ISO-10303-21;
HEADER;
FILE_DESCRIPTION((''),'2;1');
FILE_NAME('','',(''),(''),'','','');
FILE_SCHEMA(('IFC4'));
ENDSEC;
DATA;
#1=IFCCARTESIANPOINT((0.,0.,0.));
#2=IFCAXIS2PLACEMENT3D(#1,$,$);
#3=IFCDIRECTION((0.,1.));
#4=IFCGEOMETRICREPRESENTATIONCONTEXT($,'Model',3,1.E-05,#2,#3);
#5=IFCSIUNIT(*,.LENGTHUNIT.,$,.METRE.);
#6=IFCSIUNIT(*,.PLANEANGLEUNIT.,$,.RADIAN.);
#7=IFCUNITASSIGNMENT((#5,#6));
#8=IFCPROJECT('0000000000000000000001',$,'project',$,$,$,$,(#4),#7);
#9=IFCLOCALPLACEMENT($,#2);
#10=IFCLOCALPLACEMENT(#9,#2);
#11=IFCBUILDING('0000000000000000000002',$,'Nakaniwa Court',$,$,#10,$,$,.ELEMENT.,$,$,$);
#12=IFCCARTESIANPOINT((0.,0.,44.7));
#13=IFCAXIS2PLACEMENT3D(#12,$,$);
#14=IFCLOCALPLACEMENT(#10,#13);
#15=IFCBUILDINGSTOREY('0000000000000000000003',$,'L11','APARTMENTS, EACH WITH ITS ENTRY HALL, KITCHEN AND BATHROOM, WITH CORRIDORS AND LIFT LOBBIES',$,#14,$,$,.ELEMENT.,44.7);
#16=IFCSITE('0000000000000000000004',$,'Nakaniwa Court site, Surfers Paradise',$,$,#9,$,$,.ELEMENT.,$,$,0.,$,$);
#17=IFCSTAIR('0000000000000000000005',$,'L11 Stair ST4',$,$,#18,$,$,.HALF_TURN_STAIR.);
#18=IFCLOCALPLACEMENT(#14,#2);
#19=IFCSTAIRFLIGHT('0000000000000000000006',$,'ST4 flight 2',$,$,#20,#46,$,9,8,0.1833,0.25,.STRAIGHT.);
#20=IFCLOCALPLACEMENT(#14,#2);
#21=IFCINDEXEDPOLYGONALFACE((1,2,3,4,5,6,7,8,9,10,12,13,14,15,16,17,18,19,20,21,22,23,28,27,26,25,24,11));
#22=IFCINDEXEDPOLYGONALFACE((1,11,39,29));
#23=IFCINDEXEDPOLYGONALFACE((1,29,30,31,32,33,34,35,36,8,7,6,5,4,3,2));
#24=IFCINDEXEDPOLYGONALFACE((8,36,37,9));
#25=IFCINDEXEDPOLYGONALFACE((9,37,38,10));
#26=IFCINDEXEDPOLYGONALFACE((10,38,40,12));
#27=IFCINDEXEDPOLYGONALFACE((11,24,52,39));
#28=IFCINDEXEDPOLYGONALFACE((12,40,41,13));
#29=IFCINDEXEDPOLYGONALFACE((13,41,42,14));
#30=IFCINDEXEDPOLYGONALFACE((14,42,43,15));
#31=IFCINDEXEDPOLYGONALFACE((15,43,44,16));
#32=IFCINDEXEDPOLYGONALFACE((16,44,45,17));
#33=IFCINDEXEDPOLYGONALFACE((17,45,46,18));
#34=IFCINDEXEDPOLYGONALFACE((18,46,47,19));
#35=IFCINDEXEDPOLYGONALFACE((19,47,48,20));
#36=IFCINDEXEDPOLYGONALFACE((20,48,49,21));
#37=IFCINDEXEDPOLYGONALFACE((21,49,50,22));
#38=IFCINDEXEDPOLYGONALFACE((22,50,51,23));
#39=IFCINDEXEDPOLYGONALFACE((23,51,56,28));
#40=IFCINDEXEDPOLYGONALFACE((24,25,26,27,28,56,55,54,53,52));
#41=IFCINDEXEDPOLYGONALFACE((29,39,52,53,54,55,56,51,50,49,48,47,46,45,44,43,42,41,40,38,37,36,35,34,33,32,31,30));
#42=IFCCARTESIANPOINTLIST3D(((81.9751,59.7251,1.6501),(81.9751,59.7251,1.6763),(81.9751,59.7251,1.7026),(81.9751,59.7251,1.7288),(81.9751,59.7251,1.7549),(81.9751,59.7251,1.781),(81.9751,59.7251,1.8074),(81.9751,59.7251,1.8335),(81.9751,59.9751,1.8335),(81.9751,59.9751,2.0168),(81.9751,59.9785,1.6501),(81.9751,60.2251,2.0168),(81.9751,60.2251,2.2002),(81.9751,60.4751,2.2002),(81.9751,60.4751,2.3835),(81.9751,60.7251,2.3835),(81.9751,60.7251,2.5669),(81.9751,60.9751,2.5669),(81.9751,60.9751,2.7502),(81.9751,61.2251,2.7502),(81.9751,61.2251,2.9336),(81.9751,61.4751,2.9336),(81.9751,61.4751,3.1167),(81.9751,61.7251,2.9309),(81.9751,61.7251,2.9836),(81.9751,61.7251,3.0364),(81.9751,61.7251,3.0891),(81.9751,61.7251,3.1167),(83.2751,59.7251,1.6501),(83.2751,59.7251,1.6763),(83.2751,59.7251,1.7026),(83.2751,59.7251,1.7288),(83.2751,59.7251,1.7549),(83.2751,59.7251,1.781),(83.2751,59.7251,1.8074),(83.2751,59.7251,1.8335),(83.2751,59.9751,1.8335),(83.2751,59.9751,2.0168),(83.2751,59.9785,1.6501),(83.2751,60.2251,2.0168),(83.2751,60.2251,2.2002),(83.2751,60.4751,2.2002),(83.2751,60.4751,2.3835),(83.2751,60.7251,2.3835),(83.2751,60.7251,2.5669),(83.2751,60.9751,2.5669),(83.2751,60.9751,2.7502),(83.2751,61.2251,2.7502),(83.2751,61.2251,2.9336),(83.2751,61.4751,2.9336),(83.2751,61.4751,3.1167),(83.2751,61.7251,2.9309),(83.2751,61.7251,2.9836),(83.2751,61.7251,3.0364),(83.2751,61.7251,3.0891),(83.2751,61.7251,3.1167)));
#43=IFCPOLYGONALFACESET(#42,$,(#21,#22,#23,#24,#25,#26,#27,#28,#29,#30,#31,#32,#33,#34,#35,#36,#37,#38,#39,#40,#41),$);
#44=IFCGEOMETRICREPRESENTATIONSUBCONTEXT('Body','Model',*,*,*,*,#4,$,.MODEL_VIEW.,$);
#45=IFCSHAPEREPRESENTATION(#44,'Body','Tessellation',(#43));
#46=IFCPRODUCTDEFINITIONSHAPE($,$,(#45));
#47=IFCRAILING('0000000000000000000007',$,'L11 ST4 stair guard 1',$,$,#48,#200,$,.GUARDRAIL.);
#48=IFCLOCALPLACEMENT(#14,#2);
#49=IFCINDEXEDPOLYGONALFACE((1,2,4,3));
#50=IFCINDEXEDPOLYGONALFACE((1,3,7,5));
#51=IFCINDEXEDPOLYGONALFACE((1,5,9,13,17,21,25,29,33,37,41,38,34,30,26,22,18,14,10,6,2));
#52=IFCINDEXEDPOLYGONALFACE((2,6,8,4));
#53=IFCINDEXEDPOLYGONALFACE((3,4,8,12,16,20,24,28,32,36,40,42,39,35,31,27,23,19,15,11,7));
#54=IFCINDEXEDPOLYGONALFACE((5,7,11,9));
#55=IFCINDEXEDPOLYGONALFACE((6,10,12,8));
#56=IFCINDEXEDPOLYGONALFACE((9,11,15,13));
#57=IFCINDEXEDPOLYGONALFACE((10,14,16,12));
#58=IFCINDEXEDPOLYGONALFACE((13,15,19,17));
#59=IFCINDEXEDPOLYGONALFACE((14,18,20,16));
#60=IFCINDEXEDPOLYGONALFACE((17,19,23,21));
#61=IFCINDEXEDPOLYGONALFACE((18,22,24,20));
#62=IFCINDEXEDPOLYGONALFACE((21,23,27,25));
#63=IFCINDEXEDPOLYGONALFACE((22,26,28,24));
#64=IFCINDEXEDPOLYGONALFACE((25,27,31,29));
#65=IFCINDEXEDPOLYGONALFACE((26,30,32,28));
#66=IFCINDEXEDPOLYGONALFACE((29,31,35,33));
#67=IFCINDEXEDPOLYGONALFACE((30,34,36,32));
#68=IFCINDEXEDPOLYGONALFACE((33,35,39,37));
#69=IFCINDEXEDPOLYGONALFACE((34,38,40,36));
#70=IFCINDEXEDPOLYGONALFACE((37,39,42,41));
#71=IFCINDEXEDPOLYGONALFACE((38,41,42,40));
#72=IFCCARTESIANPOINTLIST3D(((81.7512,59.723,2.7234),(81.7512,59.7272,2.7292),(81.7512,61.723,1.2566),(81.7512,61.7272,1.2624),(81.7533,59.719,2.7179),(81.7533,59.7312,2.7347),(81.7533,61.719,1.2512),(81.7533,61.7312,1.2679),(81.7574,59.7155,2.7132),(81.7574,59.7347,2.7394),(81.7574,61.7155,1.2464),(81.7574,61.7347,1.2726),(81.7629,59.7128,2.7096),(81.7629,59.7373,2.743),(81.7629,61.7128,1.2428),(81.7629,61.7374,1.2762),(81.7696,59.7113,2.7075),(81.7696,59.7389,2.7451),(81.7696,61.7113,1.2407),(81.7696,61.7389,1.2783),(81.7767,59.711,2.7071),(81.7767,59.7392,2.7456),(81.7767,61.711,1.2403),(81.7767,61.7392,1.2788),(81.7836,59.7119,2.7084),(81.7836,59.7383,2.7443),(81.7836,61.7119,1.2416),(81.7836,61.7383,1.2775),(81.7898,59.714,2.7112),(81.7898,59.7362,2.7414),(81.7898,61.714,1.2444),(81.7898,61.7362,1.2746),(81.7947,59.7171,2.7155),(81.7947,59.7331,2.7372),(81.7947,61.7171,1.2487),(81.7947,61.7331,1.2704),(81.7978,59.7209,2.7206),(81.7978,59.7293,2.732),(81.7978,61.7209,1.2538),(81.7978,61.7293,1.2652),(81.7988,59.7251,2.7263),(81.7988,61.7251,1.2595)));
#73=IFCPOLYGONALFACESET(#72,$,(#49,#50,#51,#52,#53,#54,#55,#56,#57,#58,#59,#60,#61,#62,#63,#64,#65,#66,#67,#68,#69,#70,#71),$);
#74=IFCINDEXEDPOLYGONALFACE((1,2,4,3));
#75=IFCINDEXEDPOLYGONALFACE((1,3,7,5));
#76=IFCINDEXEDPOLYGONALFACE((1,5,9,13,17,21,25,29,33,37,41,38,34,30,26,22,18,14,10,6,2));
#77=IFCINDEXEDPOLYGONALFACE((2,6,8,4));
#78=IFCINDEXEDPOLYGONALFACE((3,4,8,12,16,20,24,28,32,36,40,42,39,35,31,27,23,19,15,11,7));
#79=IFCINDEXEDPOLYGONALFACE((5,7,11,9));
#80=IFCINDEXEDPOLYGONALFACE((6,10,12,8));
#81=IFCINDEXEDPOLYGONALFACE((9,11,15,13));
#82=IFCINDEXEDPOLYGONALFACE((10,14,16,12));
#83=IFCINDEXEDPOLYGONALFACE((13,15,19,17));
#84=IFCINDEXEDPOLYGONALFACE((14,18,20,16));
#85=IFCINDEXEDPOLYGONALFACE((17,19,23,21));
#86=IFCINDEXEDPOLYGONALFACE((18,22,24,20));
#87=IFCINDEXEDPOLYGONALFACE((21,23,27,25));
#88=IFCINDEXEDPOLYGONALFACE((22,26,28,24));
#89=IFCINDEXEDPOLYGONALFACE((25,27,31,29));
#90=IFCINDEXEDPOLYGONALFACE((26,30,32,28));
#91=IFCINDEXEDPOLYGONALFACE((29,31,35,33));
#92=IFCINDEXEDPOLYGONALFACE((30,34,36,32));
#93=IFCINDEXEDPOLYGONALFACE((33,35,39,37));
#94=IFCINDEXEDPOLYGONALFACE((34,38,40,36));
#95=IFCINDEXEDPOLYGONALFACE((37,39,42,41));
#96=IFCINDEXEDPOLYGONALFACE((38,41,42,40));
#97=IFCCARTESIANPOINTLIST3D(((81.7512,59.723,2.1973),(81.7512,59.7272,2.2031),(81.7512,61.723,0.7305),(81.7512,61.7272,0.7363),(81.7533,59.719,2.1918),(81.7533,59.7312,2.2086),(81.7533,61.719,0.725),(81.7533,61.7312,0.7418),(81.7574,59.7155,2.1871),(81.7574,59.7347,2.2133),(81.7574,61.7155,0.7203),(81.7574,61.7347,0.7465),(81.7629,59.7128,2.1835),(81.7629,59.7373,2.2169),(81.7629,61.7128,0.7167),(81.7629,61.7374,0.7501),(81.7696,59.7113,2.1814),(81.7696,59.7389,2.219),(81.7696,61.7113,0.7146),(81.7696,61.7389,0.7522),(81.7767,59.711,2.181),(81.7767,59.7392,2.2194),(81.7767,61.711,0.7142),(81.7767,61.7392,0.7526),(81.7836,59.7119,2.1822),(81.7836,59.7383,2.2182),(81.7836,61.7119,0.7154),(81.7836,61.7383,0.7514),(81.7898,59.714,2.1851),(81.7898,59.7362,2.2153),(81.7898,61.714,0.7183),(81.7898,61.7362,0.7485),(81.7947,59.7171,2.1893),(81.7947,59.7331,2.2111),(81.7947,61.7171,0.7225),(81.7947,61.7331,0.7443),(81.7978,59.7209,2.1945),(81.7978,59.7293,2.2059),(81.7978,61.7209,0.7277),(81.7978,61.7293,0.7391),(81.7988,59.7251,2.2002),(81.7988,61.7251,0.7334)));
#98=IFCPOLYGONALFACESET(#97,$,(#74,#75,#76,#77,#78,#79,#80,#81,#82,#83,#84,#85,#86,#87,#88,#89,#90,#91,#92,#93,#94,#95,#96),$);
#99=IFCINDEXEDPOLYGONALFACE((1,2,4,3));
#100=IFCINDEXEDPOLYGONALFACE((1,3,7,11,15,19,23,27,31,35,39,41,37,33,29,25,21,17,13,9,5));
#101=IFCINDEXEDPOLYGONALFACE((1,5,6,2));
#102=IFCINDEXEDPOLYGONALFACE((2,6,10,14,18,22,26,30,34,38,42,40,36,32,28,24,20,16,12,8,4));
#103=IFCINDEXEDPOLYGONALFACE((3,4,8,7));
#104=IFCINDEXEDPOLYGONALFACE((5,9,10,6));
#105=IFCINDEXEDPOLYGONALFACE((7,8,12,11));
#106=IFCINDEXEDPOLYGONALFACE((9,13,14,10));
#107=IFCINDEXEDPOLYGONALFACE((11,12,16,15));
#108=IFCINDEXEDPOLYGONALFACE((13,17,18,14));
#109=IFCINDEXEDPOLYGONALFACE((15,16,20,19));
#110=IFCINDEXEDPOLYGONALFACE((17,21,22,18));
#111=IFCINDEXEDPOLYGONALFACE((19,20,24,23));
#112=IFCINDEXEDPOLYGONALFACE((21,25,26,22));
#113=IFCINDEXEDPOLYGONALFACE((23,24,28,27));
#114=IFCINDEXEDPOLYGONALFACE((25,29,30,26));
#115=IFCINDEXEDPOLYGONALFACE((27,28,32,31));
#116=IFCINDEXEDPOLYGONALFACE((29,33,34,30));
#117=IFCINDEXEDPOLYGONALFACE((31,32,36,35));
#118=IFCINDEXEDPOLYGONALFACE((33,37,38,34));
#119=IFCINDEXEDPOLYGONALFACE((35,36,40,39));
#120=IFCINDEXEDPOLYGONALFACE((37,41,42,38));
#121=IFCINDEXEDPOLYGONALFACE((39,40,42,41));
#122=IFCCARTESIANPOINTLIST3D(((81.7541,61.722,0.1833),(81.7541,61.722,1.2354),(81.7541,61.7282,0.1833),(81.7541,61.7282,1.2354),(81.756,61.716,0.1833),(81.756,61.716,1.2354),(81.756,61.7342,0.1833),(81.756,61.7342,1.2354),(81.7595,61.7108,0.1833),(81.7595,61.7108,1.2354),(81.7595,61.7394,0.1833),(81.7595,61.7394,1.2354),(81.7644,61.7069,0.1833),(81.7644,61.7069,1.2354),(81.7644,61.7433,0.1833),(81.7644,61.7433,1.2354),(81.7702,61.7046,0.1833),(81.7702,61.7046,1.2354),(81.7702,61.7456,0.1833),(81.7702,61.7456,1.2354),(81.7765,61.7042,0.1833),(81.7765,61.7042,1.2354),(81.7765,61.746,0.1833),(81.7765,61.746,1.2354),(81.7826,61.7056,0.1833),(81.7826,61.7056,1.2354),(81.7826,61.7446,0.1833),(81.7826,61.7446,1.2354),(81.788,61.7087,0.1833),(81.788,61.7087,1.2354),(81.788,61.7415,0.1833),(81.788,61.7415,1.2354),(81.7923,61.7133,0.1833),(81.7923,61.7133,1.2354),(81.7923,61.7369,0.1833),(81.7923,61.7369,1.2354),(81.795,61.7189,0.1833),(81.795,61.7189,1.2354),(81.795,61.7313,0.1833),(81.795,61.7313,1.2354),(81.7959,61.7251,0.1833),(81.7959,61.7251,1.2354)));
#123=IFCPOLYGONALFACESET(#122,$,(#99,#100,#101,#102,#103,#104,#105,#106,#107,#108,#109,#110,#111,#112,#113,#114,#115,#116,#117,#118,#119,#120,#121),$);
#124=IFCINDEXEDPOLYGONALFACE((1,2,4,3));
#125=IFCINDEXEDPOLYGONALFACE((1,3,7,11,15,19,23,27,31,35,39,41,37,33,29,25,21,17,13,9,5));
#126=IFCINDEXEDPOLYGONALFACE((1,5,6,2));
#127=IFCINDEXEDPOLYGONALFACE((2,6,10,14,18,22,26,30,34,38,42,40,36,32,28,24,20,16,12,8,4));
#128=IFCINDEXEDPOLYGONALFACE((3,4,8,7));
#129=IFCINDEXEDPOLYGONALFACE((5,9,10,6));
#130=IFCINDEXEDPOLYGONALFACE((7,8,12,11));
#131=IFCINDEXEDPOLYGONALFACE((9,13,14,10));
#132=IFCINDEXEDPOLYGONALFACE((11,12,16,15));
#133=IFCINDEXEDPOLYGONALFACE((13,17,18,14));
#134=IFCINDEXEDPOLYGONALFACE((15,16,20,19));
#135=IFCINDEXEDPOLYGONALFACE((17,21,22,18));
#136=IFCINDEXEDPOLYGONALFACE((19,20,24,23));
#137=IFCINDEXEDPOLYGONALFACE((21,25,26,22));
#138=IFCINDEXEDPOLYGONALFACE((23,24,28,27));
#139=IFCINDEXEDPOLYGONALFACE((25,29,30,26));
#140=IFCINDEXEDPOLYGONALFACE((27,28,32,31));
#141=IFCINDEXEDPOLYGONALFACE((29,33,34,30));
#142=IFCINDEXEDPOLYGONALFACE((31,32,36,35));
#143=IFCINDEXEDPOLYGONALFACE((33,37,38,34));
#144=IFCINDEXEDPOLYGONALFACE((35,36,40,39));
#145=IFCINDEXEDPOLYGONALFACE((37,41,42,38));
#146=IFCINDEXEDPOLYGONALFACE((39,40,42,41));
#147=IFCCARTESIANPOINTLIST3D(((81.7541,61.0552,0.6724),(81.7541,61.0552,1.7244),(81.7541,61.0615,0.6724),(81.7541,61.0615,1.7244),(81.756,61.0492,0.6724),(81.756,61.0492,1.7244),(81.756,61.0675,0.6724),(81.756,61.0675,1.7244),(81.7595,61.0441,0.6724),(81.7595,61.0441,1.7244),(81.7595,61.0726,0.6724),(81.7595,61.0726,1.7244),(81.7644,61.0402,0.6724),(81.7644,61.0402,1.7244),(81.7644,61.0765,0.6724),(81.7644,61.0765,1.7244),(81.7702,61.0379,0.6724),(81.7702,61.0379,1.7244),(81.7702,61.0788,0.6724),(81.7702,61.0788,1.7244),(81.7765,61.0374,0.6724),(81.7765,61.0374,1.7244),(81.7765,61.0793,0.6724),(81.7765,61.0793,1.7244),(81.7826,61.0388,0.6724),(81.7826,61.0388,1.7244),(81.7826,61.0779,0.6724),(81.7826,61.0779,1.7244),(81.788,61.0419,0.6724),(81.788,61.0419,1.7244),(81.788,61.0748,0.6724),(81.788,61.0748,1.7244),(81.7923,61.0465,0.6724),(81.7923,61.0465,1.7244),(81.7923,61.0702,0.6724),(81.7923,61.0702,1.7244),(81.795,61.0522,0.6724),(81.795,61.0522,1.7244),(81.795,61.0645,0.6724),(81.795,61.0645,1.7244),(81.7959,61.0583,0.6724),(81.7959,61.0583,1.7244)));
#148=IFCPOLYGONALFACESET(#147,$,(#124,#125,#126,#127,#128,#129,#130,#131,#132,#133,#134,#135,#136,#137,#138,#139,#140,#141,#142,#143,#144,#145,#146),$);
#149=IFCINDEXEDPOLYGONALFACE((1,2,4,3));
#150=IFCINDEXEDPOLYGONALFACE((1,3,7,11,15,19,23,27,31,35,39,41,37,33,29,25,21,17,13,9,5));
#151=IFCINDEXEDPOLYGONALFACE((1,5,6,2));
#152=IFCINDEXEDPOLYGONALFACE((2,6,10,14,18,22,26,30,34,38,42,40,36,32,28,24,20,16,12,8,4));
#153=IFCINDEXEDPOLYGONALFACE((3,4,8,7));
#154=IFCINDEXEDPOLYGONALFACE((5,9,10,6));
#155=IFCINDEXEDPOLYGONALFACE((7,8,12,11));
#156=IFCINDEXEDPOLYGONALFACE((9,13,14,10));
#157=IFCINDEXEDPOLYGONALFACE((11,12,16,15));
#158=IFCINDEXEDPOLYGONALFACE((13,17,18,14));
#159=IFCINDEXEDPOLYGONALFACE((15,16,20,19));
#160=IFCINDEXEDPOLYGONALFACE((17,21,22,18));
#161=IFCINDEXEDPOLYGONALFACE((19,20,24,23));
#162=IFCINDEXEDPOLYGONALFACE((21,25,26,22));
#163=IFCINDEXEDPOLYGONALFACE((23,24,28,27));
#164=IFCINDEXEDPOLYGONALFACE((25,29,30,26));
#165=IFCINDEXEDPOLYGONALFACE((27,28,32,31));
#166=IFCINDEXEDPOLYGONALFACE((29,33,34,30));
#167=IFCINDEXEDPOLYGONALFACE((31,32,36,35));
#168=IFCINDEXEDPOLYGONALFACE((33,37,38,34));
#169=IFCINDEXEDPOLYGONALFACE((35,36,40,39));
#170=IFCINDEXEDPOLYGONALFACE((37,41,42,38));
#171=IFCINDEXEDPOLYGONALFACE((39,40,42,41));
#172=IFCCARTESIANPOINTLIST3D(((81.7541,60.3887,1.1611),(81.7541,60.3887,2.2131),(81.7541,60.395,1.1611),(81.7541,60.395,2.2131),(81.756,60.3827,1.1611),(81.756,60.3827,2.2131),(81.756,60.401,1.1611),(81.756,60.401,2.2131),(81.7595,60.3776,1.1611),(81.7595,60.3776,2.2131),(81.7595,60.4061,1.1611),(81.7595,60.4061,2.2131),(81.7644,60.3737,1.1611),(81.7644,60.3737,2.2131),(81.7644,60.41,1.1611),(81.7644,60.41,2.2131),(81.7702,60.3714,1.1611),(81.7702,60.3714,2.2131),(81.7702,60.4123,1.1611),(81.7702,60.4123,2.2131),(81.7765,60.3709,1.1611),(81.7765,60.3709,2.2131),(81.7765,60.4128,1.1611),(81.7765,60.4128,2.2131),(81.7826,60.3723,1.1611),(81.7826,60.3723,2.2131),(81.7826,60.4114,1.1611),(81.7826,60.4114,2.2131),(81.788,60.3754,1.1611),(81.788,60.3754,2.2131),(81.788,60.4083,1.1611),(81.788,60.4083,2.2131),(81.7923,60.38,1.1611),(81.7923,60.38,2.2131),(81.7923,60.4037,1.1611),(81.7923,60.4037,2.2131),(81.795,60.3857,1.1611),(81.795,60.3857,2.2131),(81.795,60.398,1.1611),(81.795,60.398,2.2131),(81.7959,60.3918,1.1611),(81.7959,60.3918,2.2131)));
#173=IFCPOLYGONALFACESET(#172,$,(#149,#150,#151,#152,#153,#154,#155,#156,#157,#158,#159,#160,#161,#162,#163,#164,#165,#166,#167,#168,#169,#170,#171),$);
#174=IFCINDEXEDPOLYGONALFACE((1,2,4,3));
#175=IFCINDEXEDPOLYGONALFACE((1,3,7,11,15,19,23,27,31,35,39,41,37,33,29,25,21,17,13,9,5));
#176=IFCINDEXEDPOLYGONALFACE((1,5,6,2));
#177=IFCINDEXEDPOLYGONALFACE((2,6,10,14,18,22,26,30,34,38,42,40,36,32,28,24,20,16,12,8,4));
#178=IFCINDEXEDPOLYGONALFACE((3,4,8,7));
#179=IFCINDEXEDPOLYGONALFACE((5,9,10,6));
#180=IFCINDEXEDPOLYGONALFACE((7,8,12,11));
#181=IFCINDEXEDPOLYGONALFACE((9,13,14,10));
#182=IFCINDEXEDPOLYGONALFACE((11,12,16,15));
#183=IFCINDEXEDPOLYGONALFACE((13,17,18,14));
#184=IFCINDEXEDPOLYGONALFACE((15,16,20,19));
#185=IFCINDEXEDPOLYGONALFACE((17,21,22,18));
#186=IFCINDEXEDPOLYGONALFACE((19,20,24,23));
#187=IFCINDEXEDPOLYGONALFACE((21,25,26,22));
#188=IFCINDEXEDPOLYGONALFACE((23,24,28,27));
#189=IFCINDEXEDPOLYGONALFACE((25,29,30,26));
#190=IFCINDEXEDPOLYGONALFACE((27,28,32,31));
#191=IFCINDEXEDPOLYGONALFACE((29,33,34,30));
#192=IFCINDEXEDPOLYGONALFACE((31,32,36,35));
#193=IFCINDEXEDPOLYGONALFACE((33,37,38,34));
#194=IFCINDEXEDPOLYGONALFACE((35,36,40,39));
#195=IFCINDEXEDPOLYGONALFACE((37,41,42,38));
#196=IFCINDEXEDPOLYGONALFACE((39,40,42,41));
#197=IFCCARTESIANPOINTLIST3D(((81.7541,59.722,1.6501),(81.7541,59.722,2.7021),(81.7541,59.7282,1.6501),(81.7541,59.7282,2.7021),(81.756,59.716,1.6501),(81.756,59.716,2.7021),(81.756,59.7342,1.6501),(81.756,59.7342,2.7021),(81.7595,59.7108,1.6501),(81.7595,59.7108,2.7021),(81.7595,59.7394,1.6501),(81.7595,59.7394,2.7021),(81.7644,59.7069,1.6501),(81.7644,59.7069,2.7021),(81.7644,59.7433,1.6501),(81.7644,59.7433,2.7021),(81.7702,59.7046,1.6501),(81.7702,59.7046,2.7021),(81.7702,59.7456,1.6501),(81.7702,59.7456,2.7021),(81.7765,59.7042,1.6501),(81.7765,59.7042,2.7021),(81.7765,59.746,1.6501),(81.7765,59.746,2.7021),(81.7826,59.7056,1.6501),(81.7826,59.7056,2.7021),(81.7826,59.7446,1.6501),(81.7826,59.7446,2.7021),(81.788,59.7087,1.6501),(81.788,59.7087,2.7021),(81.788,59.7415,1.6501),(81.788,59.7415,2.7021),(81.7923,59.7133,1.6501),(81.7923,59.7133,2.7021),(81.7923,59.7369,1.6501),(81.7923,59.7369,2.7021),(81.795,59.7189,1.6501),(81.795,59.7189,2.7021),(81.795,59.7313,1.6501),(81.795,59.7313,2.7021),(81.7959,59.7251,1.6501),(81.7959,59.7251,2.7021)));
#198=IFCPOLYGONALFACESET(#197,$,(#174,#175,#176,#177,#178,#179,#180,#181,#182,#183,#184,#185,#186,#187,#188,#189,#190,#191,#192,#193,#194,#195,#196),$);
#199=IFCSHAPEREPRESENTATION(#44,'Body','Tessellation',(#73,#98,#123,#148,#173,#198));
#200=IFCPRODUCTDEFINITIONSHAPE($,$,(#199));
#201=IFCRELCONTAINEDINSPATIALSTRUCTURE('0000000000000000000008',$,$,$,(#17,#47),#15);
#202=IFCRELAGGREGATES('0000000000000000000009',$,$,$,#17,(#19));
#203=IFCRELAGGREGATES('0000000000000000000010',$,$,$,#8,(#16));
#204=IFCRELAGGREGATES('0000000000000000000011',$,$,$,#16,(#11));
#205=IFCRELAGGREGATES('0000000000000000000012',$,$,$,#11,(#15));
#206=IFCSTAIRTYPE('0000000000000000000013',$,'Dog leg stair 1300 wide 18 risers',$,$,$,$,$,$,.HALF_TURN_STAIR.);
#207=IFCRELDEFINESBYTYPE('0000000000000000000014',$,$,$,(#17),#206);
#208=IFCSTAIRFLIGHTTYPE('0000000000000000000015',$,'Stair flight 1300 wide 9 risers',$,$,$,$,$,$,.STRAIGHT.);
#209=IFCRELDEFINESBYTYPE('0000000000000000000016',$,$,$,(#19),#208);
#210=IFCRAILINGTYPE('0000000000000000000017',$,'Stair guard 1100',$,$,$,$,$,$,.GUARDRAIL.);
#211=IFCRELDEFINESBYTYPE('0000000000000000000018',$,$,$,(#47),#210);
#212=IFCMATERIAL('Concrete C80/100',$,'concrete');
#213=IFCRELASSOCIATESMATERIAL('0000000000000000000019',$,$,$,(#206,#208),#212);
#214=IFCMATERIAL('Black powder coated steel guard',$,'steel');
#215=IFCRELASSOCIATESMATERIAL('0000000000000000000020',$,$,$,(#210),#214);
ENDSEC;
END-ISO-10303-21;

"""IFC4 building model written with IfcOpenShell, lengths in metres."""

from ifc_helpers import new_model, si_unit, direction, frame, origin, origin_2d, place, context, subcontext, project, spatial, polyline, circle, outline, extrude, material, type_object, element, aggregate, save


model = new_model("IFC4")

# Units and contexts
model_context = context("Model", 3, precision=1e-05, world=origin(), true_north=direction((0.0, 1.0)))
body_context = subcontext(model_context, "Body", "Model", "MODEL_VIEW")
ifc_project = project(units=[si_unit("LENGTHUNIT", "METRE"), si_unit("PLANEANGLEUNIT", "RADIAN")], contexts=[model_context])

# Site, building, storey
site_placement = place(None, origin())
site = spatial("IfcSite", under=ifc_project, at=site_placement, Name="Nakaniwa Court site, Surfers Paradise", CompositionType="ELEMENT", RefElevation=0.0)
building_placement = place(site_placement, origin())
building = spatial("IfcBuilding", under=site, at=building_placement, Name="Nakaniwa Court", CompositionType="ELEMENT")
storey_placement = place(building_placement, frame((0.0, 0.0, 44.7)))
storey = spatial("IfcBuildingStorey", under=building, at=storey_placement, Name="L11", Description="APARTMENTS, EACH WITH ITS ENTRY HALL, KITCHEN AND BATHROOM, WITH CORRIDORS AND LIFT LOBBIES", CompositionType="ELEMENT", Elevation=44.7)

# Shared definitions
ifc_material_1 = material(Name="Concrete C80/100", Category="concrete")

# Stair, stair flight
stair_type = type_object("IfcStairType", Name="Dog leg stair 1300 wide 18 risers", PredefinedType="HALF_TURN_STAIR", material=ifc_material_1)
stair_placement = place(storey_placement, origin())
stair = element("IfcStair", 1, at=stair_placement, inside=storey, type_object=stair_type, Name="L11 Stair ST4", PredefinedType="HALF_TURN_STAIR")
stair_flight_type = type_object("IfcStairFlightType", Name="Stair flight 1300 wide 9 risers", PredefinedType="STRAIGHT", material=ifc_material_1)
stair_flight_1_placement = place(storey_placement, frame((82.625, 59.7251, 1.6501), z_axis=(0.0, 0.0, 1.0), x_axis=(0.0, 1.0, 0.0)))
stair_flight_1 = element("IfcStairFlight", 2, at=stair_flight_1_placement, type_object=stair_flight_type, Name="ST4 flight 2", NumberOfRisers=9, NumberOfTreads=8, PredefinedType="STRAIGHT", RiserHeight=0.1833, TreadLength=0.25, context=body_context, shape_type="SweptSolid", body=[
    extrude(outline(polyline([(0.0, 0.0), (0.0, 0.0261), (0.0, 0.0525), (0.0, 0.0786), (0.0, 0.1047), (0.0, 0.1309), (0.0, 0.1572), (0.0, 0.1833), (0.25, 0.1833), (0.25, 0.3667), (0.5, 0.3667), (0.5, 0.55), (0.75, 0.55), (0.75, 0.7334), (1.0, 0.7334), (1.0, 0.9167), (1.25, 0.9167), (1.25, 1.1001), (1.5, 1.1001), (1.5, 1.2834), (1.75, 1.2834), (1.75, 1.4666), (2.0, 1.4666), (2.0, 1.6499), (2.0, 1.5972), (2.0, 1.5444), (2.0, 1.4917), (2.0, 1.439), (2.0, 1.3862), (2.0, 1.3335), (2.0, 1.2808), (0.2534, 0.0), (0.0, 0.0)])), frame((0.0, 0.6499, 0.0), z_axis=(0.0, -1.0, 0.0), x_axis=(1.0, 0.0, 0.0)), (0.0, 0.0, 1.0), 1.3),
])
aggregate(stair, [stair_flight_1])

# Railing
ifc_material_2 = material(Name="Black powder coated steel guard", Category="steel")
railing_type_1 = type_object("IfcRailingType", Name="Stair guard 1100", PredefinedType="GUARDRAIL", material=ifc_material_2)
railing_1_placement = place(storey_placement, frame((81.7749, 61.7251, 0.1833)))
element("IfcRailing", 3, at=railing_1_placement, inside=storey, type_object=railing_type_1, Name="L11 ST4 stair guard 1", PredefinedType="GUARDRAIL", context=body_context, shape_type="SweptSolid", body=[
    extrude(circle(Radius=0.0239, at=origin_2d()), frame((0.0, 0.0, 1.0762), z_axis=(0.0, -0.80638, 0.591398), x_axis=(1.0, 0.0, 0.0)), (0.0, 0.0, 1.0), 2.4802),
    extrude(circle(Radius=0.0239, at=origin_2d()), frame((0.0, 0.0, 0.55), z_axis=(0.0, -0.80638, 0.591398), x_axis=(1.0, 0.0, 0.0)), (0.0, 0.0, 1.0), 2.4802),
    extrude(circle(Radius=0.021, at=origin_2d()), origin(), (0.0, 0.0, 1.0), 1.052),
    extrude(circle(Radius=0.021, at=origin_2d()), frame((0.0, -0.6667, 0.489)), (0.0, 0.0, 1.0), 1.052),
    extrude(circle(Radius=0.021, at=origin_2d()), frame((0.0, -1.3333, 0.9778)), (0.0, 0.0, 1.0), 1.052),
    extrude(circle(Radius=0.021, at=origin_2d()), frame((0.0, -2.0, 1.4668)), (0.0, 0.0, 1.0), 1.052),
])

save(model, "model.ifc")
